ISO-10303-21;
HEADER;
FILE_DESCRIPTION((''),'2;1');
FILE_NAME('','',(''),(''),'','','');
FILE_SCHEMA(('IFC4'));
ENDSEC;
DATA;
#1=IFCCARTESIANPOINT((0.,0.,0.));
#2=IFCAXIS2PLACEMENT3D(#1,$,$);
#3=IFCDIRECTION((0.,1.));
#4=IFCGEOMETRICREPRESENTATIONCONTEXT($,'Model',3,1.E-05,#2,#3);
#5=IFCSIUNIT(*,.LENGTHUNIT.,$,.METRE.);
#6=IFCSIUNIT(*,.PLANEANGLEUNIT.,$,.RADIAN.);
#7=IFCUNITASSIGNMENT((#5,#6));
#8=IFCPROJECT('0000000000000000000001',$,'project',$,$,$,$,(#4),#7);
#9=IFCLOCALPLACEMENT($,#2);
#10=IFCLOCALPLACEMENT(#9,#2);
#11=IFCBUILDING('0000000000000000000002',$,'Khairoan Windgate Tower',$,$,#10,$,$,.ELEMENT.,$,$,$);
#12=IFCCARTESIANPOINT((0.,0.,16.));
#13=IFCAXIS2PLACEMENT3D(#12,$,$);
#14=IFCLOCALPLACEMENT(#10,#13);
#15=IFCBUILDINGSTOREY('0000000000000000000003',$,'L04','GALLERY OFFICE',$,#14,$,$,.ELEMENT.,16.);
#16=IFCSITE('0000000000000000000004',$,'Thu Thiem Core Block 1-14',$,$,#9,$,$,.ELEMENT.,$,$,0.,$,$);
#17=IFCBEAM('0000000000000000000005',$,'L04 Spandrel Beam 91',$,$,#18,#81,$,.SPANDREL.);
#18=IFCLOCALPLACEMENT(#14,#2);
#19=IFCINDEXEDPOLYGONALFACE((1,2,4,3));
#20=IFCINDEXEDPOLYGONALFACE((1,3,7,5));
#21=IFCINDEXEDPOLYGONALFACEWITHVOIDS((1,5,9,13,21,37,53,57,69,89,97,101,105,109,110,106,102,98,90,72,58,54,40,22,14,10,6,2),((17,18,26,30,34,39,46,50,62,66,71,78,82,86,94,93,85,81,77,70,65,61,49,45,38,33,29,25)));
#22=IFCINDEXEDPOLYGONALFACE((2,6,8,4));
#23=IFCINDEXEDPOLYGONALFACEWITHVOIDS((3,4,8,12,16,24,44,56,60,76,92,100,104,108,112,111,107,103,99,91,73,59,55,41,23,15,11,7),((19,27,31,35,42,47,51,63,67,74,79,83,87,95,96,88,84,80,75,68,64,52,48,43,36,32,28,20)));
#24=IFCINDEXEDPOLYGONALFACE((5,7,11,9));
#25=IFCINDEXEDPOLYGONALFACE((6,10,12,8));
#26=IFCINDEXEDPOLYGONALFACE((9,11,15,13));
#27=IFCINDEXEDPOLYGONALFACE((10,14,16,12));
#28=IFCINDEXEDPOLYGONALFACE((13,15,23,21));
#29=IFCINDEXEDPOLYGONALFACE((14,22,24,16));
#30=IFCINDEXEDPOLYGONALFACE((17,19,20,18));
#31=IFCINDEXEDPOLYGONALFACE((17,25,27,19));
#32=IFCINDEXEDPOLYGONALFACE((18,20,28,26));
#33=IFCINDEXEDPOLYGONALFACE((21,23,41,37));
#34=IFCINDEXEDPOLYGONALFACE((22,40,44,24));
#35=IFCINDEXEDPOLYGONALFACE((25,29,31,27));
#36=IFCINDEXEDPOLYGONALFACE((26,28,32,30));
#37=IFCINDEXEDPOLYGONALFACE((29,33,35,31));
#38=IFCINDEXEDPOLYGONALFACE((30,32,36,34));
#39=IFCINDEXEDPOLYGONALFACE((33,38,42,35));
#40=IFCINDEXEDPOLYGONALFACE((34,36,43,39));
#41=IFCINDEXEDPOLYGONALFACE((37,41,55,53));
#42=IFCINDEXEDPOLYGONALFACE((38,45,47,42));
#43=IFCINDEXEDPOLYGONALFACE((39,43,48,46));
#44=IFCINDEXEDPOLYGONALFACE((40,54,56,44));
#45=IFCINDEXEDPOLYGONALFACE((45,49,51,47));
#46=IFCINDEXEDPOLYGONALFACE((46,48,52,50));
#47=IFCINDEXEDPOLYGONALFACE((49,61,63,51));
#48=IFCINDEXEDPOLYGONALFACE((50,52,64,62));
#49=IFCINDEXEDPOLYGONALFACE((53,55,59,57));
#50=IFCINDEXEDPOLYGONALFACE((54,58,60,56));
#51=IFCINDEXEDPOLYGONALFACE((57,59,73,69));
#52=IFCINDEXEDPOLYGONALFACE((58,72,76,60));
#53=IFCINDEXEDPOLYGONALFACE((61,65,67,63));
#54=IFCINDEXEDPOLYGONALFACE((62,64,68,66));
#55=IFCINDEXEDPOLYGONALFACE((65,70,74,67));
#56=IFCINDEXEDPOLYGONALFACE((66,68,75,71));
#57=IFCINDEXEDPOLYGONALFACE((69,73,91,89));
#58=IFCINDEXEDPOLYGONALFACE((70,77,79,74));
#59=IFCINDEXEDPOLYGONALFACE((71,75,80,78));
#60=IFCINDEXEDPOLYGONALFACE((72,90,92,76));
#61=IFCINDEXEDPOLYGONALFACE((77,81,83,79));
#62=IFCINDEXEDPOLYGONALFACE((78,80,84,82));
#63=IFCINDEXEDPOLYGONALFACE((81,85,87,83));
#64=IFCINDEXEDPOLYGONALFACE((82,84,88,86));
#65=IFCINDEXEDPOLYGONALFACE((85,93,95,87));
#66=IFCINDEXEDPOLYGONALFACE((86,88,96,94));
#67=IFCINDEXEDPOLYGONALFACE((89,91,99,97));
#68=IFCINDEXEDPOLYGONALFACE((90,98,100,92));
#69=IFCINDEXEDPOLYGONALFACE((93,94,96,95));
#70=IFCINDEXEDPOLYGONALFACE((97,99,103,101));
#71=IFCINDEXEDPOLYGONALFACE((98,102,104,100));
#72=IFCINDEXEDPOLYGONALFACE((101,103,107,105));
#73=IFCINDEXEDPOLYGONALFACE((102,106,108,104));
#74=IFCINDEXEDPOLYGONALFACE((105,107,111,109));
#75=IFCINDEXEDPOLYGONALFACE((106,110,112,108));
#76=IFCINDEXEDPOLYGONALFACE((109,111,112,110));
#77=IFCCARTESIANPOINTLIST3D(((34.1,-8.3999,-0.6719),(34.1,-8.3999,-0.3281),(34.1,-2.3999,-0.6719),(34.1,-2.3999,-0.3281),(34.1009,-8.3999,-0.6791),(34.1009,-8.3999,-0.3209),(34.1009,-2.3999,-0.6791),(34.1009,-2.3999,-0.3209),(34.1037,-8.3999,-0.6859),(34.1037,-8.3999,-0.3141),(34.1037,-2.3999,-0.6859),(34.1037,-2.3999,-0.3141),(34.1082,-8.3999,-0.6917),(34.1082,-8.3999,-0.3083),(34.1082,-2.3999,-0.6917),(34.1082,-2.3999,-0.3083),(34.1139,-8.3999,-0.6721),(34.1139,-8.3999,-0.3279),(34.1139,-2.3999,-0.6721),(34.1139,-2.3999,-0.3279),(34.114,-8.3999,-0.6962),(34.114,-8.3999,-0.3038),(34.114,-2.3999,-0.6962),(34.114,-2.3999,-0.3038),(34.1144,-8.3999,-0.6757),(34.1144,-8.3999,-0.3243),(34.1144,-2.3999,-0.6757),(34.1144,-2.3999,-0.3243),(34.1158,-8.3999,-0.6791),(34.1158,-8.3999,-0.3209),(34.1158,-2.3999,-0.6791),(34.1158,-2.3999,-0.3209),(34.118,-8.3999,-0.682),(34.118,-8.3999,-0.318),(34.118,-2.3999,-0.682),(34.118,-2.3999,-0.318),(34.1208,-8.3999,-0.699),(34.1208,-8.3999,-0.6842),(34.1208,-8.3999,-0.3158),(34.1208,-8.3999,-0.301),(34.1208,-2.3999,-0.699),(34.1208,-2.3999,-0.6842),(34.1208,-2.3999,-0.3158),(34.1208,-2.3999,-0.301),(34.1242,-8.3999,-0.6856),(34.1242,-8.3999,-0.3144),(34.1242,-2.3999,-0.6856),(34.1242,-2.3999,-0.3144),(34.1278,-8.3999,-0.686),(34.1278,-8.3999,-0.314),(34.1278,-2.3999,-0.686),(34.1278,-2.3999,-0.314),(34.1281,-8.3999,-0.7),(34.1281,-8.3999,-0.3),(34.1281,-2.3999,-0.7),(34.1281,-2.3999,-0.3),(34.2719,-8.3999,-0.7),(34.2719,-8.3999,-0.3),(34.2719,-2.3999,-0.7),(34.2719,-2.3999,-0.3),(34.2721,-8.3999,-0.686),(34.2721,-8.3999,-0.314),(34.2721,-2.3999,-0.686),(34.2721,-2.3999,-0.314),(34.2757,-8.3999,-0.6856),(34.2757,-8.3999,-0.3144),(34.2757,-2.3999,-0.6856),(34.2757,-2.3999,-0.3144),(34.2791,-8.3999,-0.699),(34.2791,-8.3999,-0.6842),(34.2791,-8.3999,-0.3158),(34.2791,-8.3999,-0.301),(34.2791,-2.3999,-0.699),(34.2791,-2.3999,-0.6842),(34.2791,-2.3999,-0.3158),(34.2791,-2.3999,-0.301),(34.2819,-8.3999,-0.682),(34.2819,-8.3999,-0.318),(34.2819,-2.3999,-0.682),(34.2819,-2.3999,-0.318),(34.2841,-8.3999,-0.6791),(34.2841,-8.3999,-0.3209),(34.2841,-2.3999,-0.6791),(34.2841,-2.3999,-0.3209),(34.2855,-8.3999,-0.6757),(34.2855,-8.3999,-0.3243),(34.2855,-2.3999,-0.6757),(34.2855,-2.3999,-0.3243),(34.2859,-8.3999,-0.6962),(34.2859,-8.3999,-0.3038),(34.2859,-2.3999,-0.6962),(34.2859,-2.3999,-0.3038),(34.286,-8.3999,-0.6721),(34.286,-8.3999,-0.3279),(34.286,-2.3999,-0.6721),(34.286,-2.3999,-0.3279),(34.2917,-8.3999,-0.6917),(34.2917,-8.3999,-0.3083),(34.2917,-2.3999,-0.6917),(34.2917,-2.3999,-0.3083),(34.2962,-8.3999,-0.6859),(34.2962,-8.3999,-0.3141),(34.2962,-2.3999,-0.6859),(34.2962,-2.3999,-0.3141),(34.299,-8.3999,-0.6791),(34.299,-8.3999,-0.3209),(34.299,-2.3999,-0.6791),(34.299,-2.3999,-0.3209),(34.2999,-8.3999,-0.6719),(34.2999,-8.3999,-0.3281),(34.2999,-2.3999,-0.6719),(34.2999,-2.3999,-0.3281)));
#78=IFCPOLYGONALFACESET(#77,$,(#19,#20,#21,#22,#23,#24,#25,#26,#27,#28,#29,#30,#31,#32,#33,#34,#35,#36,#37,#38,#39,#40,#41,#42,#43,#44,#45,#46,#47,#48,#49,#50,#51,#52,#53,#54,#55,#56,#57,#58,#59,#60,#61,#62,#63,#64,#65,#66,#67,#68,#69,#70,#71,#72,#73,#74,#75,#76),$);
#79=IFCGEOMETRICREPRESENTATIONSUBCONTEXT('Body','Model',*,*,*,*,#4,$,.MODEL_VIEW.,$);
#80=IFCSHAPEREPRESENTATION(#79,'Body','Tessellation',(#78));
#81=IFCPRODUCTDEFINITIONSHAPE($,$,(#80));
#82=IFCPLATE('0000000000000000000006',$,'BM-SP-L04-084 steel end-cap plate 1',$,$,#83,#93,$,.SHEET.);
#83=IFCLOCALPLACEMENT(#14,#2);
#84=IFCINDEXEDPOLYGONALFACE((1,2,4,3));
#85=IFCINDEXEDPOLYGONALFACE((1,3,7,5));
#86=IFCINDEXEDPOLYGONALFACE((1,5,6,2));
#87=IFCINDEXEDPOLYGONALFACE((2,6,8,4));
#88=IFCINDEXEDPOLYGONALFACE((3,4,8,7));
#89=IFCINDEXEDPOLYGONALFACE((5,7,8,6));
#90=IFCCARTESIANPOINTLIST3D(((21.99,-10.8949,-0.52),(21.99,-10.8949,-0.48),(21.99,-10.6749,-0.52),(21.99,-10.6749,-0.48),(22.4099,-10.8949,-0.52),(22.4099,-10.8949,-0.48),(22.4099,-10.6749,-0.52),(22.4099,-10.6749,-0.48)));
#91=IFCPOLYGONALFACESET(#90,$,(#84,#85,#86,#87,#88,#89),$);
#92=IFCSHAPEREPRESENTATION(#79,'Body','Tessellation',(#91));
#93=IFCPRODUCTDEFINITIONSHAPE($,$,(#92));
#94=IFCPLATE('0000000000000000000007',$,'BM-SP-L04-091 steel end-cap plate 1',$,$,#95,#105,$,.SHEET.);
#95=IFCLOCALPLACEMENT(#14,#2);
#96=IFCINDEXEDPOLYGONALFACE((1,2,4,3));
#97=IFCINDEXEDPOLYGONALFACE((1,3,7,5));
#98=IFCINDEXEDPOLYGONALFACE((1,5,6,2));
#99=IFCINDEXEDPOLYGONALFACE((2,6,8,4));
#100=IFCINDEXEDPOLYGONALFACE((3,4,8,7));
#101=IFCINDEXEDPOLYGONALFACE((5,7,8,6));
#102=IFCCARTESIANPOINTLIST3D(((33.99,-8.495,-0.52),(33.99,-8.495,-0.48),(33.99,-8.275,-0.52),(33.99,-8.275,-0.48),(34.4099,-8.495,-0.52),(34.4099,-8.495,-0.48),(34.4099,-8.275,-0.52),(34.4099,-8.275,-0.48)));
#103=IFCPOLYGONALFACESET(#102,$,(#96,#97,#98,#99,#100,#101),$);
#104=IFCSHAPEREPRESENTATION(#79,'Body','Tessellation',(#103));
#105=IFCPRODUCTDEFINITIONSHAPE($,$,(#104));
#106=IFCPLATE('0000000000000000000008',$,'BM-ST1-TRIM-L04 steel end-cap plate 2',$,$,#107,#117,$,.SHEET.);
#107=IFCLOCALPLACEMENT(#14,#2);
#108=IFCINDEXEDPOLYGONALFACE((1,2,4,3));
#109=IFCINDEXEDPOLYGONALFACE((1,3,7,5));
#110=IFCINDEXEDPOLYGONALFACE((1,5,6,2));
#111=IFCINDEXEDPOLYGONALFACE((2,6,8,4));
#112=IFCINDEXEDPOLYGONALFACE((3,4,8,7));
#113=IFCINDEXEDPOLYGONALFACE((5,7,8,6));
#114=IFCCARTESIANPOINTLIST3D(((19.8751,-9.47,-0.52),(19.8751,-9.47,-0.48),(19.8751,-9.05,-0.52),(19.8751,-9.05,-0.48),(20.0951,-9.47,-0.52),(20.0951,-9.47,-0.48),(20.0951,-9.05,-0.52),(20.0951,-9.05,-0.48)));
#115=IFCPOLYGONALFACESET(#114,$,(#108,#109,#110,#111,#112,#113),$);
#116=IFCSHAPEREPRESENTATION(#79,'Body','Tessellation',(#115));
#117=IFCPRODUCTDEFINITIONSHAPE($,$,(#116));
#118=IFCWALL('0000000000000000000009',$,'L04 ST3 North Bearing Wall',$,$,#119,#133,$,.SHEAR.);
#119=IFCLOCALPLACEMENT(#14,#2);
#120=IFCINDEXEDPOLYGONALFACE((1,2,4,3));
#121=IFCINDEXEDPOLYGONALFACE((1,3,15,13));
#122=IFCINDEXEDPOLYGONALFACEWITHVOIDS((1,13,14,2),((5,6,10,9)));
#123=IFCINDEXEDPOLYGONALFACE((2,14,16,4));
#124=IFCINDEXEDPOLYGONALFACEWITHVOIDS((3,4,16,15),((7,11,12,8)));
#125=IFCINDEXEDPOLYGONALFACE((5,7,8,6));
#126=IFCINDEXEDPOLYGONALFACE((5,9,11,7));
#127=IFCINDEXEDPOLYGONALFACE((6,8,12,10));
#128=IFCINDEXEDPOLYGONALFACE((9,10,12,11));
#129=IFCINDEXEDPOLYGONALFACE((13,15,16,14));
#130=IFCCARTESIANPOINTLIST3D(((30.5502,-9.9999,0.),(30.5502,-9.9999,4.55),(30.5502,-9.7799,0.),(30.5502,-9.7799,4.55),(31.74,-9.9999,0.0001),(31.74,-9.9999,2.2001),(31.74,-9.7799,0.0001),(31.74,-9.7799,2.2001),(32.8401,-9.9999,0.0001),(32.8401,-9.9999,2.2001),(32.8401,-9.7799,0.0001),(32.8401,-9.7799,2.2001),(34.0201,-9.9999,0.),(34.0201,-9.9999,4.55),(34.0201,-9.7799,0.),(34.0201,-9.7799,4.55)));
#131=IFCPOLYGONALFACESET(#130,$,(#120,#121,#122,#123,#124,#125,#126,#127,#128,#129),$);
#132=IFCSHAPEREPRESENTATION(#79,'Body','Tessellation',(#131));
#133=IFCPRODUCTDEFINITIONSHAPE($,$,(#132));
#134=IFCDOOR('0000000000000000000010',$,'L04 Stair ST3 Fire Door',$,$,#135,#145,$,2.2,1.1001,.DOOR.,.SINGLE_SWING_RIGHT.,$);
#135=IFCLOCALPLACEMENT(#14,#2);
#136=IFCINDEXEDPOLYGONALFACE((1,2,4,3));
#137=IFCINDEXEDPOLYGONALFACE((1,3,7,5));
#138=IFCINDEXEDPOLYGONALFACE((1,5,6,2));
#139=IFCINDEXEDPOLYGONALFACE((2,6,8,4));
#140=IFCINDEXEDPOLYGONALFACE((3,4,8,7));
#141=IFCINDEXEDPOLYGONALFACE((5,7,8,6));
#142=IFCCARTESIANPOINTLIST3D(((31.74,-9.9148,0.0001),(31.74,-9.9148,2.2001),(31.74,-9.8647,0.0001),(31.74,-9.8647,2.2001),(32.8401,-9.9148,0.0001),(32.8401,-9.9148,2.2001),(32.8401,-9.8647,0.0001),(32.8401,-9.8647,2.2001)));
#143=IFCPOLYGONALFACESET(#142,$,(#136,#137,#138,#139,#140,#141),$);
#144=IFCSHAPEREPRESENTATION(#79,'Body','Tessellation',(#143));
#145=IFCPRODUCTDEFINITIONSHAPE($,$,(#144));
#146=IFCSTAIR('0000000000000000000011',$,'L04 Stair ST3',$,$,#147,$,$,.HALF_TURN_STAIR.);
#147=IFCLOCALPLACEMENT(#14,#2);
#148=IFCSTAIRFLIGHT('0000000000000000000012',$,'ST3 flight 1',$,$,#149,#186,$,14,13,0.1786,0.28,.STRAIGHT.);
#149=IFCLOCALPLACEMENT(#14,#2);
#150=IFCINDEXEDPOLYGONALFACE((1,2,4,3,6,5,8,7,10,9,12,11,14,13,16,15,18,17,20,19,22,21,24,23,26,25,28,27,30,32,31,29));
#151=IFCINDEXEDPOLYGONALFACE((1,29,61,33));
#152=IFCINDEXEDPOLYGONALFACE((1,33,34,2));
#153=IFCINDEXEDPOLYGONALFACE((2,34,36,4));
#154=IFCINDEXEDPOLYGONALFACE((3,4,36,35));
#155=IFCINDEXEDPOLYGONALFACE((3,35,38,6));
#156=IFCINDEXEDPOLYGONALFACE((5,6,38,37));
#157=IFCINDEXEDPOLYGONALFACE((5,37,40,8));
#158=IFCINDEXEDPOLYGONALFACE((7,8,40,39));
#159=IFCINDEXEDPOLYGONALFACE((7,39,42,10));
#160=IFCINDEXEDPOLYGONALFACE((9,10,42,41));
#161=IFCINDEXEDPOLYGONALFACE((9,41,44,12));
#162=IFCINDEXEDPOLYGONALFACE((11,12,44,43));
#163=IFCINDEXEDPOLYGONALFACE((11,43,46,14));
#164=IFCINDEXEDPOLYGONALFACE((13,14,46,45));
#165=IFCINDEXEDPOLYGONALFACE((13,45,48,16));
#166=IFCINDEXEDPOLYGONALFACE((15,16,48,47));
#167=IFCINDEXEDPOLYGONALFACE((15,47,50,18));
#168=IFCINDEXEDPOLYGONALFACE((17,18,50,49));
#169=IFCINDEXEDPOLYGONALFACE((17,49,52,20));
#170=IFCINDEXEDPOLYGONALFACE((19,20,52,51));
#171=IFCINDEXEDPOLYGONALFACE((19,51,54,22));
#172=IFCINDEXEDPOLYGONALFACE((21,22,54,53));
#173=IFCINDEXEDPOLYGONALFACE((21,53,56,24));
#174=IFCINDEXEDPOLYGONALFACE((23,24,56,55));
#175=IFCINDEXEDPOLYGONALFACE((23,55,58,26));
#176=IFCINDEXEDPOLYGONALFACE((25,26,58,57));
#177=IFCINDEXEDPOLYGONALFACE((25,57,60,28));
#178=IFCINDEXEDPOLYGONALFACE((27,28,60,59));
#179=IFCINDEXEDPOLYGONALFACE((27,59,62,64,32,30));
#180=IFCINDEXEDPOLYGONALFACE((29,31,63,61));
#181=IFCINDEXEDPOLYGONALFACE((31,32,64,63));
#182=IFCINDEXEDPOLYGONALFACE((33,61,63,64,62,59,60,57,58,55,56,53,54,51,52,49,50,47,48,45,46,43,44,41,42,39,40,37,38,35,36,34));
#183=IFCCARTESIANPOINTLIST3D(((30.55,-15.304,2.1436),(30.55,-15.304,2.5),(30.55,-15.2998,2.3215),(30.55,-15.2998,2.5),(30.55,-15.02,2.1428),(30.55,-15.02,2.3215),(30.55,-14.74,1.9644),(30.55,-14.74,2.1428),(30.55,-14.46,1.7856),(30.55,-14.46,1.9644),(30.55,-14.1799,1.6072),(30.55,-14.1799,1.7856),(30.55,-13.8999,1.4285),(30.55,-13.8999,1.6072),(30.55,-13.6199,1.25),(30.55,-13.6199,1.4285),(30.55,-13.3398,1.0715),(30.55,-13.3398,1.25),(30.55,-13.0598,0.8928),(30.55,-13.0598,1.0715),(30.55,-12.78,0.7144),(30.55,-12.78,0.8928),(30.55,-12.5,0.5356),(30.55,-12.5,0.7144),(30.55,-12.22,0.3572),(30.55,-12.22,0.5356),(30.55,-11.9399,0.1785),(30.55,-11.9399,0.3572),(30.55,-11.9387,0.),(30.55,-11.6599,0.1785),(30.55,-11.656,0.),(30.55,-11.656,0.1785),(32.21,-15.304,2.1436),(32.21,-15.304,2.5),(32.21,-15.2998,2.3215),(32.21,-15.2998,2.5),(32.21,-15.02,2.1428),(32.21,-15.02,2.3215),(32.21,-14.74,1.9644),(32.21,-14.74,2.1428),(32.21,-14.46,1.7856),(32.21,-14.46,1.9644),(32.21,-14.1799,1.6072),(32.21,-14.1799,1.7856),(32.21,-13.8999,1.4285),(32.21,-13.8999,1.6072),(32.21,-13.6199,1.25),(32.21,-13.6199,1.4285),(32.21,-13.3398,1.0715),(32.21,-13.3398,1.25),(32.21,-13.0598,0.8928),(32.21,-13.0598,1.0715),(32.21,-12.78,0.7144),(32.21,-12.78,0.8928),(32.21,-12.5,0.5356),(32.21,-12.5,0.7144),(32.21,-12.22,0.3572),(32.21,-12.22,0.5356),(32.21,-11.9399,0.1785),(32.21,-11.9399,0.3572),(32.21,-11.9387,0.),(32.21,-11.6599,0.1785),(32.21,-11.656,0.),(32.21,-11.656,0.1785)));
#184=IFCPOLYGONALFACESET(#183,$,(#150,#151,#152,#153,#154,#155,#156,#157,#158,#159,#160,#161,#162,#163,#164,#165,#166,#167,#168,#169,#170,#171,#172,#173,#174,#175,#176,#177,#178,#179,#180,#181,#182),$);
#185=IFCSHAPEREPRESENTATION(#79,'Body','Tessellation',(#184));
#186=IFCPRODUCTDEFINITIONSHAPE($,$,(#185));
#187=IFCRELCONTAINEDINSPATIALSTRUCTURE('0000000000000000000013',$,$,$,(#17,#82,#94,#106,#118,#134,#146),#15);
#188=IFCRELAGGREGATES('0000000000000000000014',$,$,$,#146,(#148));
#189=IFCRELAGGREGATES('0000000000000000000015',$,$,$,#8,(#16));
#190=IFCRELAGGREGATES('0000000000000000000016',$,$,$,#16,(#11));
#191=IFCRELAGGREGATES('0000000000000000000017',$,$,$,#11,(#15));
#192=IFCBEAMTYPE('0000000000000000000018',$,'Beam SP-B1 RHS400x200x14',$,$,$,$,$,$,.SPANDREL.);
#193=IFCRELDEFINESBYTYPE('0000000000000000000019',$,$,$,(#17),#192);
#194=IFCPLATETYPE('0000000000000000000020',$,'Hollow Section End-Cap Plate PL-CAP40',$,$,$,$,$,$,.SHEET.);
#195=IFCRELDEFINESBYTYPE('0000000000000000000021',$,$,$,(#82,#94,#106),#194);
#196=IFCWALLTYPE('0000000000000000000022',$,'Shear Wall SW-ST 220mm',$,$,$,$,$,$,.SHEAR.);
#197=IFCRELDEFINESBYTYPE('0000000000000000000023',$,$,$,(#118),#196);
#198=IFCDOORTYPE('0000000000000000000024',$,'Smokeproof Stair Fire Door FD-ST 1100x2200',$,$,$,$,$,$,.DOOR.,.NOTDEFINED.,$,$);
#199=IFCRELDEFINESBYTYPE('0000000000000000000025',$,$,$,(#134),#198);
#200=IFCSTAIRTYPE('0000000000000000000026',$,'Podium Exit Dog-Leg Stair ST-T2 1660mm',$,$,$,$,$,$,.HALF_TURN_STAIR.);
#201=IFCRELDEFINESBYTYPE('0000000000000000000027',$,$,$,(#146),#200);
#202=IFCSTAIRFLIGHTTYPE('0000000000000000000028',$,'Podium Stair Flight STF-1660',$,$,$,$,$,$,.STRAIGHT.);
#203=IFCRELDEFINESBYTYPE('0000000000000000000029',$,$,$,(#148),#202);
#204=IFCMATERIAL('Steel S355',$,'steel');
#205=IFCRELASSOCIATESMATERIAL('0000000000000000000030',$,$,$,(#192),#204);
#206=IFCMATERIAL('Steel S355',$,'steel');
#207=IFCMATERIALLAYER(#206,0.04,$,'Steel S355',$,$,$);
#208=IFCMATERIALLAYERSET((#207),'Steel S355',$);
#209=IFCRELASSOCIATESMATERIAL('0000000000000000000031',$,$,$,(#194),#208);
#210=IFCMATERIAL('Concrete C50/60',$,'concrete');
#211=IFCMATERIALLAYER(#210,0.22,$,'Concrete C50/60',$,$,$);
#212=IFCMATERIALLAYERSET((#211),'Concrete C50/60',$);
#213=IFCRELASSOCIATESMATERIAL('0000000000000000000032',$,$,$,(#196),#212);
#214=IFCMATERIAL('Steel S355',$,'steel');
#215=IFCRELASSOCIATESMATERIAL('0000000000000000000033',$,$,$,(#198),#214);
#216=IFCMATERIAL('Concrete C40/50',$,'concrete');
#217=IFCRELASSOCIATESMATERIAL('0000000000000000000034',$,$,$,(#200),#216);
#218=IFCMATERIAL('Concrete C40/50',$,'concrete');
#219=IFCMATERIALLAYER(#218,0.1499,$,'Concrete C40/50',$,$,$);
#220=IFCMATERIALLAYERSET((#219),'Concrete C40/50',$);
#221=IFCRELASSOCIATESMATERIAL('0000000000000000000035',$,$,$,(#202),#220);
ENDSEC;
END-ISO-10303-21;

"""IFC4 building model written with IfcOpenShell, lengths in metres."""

from ifc_helpers import new_model, si_unit, direction, frame, frame_2d, origin, origin_2d, place, context, subcontext, project, spatial, polyline, rectangle, hollow_rectangle, outline, extrude, material, layer, layer_set, material_profile, profile_set, type_object, element, fill, aggregate, save


model = new_model("IFC4")

# Units and contexts
model_context = context("Model", 3, precision=1e-05, world=origin(), true_north=direction((0.0, 1.0)))
body_context = subcontext(model_context, "Body", "Model", "MODEL_VIEW")
ifc_project = project(units=[si_unit("LENGTHUNIT", "METRE"), si_unit("PLANEANGLEUNIT", "RADIAN")], contexts=[model_context])

# Site, building, storey
site_placement = place(None, origin())
site = spatial("IfcSite", under=ifc_project, at=site_placement, Name="Thu Thiem Core Block 1-14", CompositionType="ELEMENT", RefElevation=0.0)
building_placement = place(site_placement, origin())
building = spatial("IfcBuilding", under=site, at=building_placement, Name="Khairoan Windgate Tower", CompositionType="ELEMENT")
storey_placement = place(building_placement, frame((0.0, 0.0, 16.0)))
storey = spatial("IfcBuildingStorey", under=building, at=storey_placement, Name="L04", Description="GALLERY OFFICE", CompositionType="ELEMENT", Elevation=16.0)

# Beam
ifc_material_1 = material(Name="Steel S355", Category="steel")
ifc_material_profile_1 = material_profile(ifc_material_1, hollow_rectangle(XDim=0.2, YDim=0.3999, WallThickness=0.0139, InnerFilletRadius=0.0139, OuterFilletRadius=0.0281, at=origin_2d()))
ifc_profile_set_1 = profile_set([ifc_material_profile_1], Name="Steel S355")
beam_type_1 = type_object("IfcBeamType", Name="Beam SP-B1 RHS400x200x14", PredefinedType="SPANDREL", material=ifc_profile_set_1)
beam_1_placement = place(storey_placement, frame((34.2, -8.3999, -0.5), z_axis=(0.0, 1.0, 0.0), x_axis=(-1.0, 0.0, 0.0)))
element("IfcBeam", 1, at=beam_1_placement, inside=storey, type_object=beam_type_1, Name="L04 Spandrel Beam 91", PredefinedType="SPANDREL", context=body_context, shape_type="SweptSolid", body=[
    extrude(hollow_rectangle(XDim=0.2, YDim=0.3999, WallThickness=0.0139, InnerFilletRadius=0.0139, OuterFilletRadius=0.0281, at=origin_2d()), origin(), (0.0, 0.0, 1.0), 6.0),
])

# Plates
ifc_material_2 = material(Name="Steel S355", Category="steel")
ifc_layer_1 = layer(ifc_material_2, 0.04, Name="Steel S355")
ifc_layer_set_1 = layer_set([ifc_layer_1], Name="Steel S355")
plate_type = type_object("IfcPlateType", Name="Hollow Section End-Cap Plate PL-CAP40", PredefinedType="SHEET", material=ifc_layer_set_1)
for number, where, z_axis, x_axis, name in (
    (2, (22.2, -10.7849, -0.52), (0.0, 0.0, 1.0), (0.0, 1.0, 0.0), "BM-SP-L04-084 steel end-cap plate 1"),
    (3, (34.2, -8.385, -0.52), (0.0, 0.0, 1.0), (0.0, 1.0, 0.0), "BM-SP-L04-091 steel end-cap plate 1"),
    (4, (19.9851, -9.26, -0.52), (0.0, 0.0, 1.0), (1.0, 0.0, 0.0), "BM-ST1-TRIM-L04 steel end-cap plate 2"),
):
    element("IfcPlate", number, at=place(storey_placement, frame(where, z_axis=z_axis, x_axis=x_axis)), inside=storey, type_object=plate_type, Name=name, PredefinedType="SHEET", context=body_context, shape_type="SweptSolid", body=[
        extrude(rectangle(XDim=0.22, YDim=0.4199, at=origin_2d()), origin(), (0.0, 0.0, 1.0), 0.04),
    ])

# Wall, opening, door
ifc_material_3 = material(Name="Concrete C50/60", Category="concrete")
ifc_layer_2 = layer(ifc_material_3, 0.22, Name="Concrete C50/60")
ifc_layer_set_2 = layer_set([ifc_layer_2], Name="Concrete C50/60")
wall_type = type_object("IfcWallType", Name="Shear Wall SW-ST 220mm", PredefinedType="SHEAR", material=ifc_layer_set_2)
wall_placement = place(storey_placement, frame((34.02, -9.8899, 0.0), z_axis=(0.0, 0.0, 1.0), x_axis=(-1.0, 0.0, 0.0)))
wall = element("IfcWall", 5, at=wall_placement, inside=storey, type_object=wall_type, Name="L04 ST3 North Bearing Wall", PredefinedType="SHEAR", context=body_context, shape_type="SweptSolid", body=[
    extrude(rectangle(XDim=3.47, YDim=0.22, at=frame_2d((1.7349, 0.0))), origin(), (0.0, 0.0, 1.0), 4.55),
])
opening_placement = place(wall_placement, frame((1.1799, 0.0, 0.0)))
opening = element("IfcOpeningElement", 6, at=opening_placement, cuts=wall, PredefinedType="OPENING", context=body_context, shape_type="SweptSolid", body=[
    extrude(rectangle(XDim=1.1001, YDim=2.2, at=frame_2d((0.55, 1.1001))), frame((0.0, 0.1199, 0.0), z_axis=(0.0, -1.0, 0.0), x_axis=(1.0, 0.0, 0.0)), (0.0, 0.0, 1.0), 0.24),
])
ifc_material_4 = material(Name="Steel S355", Category="steel")
door_type = type_object("IfcDoorType", Name="Smokeproof Stair Fire Door FD-ST 1100x2200", OperationType="NOTDEFINED", PredefinedType="DOOR", material=ifc_material_4)
door_placement = place(opening_placement, origin())
door = element("IfcDoor", 7, at=door_placement, inside=storey, type_object=door_type, Name="L04 Stair ST3 Fire Door", OperationType="SINGLE_SWING_RIGHT", OverallHeight=2.2, OverallWidth=1.1001, PredefinedType="DOOR", context=body_context, shape_type="SweptSolid", body=[
    extrude(rectangle(XDim=1.1001, YDim=2.2, at=frame_2d((0.55, 1.1001))), frame((0.0, 0.0249, 0.0), z_axis=(0.0, -1.0, 0.0), x_axis=(1.0, 0.0, 0.0)), (0.0, 0.0, 1.0), 0.05),
])
fill(opening, door)

# Stair, stair flight
ifc_material_5 = material(Name="Concrete C40/50", Category="concrete")
stair_type = type_object("IfcStairType", Name="Podium Exit Dog-Leg Stair ST-T2 1660mm", PredefinedType="HALF_TURN_STAIR", material=ifc_material_5)
stair_placement = place(storey_placement, origin())
stair = element("IfcStair", 8, at=stair_placement, inside=storey, type_object=stair_type, Name="L04 Stair ST3", PredefinedType="HALF_TURN_STAIR")
ifc_material_6 = material(Name="Concrete C40/50", Category="concrete")
ifc_layer_3 = layer(ifc_material_6, 0.1499, Name="Concrete C40/50")
ifc_layer_set_3 = layer_set([ifc_layer_3], Name="Concrete C40/50")
stair_flight_type = type_object("IfcStairFlightType", Name="Podium Stair Flight STF-1660", PredefinedType="STRAIGHT", material=ifc_layer_set_3)
stair_flight_1_placement = place(storey_placement, frame((31.3799, -11.6599, 0.0), z_axis=(0.0, 0.0, 1.0), x_axis=(0.0, -1.0, 0.0)))
stair_flight_1 = element("IfcStairFlight", 9, at=stair_flight_1_placement, type_object=stair_flight_type, Name="ST3 flight 1", NumberOfRisers=14, NumberOfTreads=13, PredefinedType="STRAIGHT", RiserHeight=0.1786, TreadLength=0.28, context=body_context, shape_type="SweptSolid", body=[
    extrude(outline(polyline([(-0.0039, 0.0), (-0.0039, 0.1785), (0.0, 0.1785), (0.28, 0.1785), (0.28, 0.3572), (0.5601, 0.3572), (0.5601, 0.5356), (0.8401, 0.5356), (0.8401, 0.7144), (1.1201, 0.7144), (1.1201, 0.8928), (1.3999, 0.8928), (1.3999, 1.0715), (1.6799, 1.0715), (1.6799, 1.25), (1.96, 1.25), (1.96, 1.4285), (2.24, 1.4285), (2.24, 1.6072), (2.52, 1.6072), (2.52, 1.7856), (2.8, 1.7856), (2.8, 1.9644), (3.0801, 1.9644), (3.0801, 2.1428), (3.3601, 2.1428), (3.3601, 2.3215), (3.6399, 2.3215), (3.6399, 2.5), (3.644, 2.5), (3.644, 2.1436), (0.2788, 0.0), (-0.0039, 0.0)])), frame((0.0, 0.8301, 0.0), z_axis=(0.0, -1.0, 0.0), x_axis=(1.0, 0.0, 0.0)), (0.0, 0.0, 1.0), 1.6599),
])
aggregate(stair, [stair_flight_1])

save(model, "model.ifc")
